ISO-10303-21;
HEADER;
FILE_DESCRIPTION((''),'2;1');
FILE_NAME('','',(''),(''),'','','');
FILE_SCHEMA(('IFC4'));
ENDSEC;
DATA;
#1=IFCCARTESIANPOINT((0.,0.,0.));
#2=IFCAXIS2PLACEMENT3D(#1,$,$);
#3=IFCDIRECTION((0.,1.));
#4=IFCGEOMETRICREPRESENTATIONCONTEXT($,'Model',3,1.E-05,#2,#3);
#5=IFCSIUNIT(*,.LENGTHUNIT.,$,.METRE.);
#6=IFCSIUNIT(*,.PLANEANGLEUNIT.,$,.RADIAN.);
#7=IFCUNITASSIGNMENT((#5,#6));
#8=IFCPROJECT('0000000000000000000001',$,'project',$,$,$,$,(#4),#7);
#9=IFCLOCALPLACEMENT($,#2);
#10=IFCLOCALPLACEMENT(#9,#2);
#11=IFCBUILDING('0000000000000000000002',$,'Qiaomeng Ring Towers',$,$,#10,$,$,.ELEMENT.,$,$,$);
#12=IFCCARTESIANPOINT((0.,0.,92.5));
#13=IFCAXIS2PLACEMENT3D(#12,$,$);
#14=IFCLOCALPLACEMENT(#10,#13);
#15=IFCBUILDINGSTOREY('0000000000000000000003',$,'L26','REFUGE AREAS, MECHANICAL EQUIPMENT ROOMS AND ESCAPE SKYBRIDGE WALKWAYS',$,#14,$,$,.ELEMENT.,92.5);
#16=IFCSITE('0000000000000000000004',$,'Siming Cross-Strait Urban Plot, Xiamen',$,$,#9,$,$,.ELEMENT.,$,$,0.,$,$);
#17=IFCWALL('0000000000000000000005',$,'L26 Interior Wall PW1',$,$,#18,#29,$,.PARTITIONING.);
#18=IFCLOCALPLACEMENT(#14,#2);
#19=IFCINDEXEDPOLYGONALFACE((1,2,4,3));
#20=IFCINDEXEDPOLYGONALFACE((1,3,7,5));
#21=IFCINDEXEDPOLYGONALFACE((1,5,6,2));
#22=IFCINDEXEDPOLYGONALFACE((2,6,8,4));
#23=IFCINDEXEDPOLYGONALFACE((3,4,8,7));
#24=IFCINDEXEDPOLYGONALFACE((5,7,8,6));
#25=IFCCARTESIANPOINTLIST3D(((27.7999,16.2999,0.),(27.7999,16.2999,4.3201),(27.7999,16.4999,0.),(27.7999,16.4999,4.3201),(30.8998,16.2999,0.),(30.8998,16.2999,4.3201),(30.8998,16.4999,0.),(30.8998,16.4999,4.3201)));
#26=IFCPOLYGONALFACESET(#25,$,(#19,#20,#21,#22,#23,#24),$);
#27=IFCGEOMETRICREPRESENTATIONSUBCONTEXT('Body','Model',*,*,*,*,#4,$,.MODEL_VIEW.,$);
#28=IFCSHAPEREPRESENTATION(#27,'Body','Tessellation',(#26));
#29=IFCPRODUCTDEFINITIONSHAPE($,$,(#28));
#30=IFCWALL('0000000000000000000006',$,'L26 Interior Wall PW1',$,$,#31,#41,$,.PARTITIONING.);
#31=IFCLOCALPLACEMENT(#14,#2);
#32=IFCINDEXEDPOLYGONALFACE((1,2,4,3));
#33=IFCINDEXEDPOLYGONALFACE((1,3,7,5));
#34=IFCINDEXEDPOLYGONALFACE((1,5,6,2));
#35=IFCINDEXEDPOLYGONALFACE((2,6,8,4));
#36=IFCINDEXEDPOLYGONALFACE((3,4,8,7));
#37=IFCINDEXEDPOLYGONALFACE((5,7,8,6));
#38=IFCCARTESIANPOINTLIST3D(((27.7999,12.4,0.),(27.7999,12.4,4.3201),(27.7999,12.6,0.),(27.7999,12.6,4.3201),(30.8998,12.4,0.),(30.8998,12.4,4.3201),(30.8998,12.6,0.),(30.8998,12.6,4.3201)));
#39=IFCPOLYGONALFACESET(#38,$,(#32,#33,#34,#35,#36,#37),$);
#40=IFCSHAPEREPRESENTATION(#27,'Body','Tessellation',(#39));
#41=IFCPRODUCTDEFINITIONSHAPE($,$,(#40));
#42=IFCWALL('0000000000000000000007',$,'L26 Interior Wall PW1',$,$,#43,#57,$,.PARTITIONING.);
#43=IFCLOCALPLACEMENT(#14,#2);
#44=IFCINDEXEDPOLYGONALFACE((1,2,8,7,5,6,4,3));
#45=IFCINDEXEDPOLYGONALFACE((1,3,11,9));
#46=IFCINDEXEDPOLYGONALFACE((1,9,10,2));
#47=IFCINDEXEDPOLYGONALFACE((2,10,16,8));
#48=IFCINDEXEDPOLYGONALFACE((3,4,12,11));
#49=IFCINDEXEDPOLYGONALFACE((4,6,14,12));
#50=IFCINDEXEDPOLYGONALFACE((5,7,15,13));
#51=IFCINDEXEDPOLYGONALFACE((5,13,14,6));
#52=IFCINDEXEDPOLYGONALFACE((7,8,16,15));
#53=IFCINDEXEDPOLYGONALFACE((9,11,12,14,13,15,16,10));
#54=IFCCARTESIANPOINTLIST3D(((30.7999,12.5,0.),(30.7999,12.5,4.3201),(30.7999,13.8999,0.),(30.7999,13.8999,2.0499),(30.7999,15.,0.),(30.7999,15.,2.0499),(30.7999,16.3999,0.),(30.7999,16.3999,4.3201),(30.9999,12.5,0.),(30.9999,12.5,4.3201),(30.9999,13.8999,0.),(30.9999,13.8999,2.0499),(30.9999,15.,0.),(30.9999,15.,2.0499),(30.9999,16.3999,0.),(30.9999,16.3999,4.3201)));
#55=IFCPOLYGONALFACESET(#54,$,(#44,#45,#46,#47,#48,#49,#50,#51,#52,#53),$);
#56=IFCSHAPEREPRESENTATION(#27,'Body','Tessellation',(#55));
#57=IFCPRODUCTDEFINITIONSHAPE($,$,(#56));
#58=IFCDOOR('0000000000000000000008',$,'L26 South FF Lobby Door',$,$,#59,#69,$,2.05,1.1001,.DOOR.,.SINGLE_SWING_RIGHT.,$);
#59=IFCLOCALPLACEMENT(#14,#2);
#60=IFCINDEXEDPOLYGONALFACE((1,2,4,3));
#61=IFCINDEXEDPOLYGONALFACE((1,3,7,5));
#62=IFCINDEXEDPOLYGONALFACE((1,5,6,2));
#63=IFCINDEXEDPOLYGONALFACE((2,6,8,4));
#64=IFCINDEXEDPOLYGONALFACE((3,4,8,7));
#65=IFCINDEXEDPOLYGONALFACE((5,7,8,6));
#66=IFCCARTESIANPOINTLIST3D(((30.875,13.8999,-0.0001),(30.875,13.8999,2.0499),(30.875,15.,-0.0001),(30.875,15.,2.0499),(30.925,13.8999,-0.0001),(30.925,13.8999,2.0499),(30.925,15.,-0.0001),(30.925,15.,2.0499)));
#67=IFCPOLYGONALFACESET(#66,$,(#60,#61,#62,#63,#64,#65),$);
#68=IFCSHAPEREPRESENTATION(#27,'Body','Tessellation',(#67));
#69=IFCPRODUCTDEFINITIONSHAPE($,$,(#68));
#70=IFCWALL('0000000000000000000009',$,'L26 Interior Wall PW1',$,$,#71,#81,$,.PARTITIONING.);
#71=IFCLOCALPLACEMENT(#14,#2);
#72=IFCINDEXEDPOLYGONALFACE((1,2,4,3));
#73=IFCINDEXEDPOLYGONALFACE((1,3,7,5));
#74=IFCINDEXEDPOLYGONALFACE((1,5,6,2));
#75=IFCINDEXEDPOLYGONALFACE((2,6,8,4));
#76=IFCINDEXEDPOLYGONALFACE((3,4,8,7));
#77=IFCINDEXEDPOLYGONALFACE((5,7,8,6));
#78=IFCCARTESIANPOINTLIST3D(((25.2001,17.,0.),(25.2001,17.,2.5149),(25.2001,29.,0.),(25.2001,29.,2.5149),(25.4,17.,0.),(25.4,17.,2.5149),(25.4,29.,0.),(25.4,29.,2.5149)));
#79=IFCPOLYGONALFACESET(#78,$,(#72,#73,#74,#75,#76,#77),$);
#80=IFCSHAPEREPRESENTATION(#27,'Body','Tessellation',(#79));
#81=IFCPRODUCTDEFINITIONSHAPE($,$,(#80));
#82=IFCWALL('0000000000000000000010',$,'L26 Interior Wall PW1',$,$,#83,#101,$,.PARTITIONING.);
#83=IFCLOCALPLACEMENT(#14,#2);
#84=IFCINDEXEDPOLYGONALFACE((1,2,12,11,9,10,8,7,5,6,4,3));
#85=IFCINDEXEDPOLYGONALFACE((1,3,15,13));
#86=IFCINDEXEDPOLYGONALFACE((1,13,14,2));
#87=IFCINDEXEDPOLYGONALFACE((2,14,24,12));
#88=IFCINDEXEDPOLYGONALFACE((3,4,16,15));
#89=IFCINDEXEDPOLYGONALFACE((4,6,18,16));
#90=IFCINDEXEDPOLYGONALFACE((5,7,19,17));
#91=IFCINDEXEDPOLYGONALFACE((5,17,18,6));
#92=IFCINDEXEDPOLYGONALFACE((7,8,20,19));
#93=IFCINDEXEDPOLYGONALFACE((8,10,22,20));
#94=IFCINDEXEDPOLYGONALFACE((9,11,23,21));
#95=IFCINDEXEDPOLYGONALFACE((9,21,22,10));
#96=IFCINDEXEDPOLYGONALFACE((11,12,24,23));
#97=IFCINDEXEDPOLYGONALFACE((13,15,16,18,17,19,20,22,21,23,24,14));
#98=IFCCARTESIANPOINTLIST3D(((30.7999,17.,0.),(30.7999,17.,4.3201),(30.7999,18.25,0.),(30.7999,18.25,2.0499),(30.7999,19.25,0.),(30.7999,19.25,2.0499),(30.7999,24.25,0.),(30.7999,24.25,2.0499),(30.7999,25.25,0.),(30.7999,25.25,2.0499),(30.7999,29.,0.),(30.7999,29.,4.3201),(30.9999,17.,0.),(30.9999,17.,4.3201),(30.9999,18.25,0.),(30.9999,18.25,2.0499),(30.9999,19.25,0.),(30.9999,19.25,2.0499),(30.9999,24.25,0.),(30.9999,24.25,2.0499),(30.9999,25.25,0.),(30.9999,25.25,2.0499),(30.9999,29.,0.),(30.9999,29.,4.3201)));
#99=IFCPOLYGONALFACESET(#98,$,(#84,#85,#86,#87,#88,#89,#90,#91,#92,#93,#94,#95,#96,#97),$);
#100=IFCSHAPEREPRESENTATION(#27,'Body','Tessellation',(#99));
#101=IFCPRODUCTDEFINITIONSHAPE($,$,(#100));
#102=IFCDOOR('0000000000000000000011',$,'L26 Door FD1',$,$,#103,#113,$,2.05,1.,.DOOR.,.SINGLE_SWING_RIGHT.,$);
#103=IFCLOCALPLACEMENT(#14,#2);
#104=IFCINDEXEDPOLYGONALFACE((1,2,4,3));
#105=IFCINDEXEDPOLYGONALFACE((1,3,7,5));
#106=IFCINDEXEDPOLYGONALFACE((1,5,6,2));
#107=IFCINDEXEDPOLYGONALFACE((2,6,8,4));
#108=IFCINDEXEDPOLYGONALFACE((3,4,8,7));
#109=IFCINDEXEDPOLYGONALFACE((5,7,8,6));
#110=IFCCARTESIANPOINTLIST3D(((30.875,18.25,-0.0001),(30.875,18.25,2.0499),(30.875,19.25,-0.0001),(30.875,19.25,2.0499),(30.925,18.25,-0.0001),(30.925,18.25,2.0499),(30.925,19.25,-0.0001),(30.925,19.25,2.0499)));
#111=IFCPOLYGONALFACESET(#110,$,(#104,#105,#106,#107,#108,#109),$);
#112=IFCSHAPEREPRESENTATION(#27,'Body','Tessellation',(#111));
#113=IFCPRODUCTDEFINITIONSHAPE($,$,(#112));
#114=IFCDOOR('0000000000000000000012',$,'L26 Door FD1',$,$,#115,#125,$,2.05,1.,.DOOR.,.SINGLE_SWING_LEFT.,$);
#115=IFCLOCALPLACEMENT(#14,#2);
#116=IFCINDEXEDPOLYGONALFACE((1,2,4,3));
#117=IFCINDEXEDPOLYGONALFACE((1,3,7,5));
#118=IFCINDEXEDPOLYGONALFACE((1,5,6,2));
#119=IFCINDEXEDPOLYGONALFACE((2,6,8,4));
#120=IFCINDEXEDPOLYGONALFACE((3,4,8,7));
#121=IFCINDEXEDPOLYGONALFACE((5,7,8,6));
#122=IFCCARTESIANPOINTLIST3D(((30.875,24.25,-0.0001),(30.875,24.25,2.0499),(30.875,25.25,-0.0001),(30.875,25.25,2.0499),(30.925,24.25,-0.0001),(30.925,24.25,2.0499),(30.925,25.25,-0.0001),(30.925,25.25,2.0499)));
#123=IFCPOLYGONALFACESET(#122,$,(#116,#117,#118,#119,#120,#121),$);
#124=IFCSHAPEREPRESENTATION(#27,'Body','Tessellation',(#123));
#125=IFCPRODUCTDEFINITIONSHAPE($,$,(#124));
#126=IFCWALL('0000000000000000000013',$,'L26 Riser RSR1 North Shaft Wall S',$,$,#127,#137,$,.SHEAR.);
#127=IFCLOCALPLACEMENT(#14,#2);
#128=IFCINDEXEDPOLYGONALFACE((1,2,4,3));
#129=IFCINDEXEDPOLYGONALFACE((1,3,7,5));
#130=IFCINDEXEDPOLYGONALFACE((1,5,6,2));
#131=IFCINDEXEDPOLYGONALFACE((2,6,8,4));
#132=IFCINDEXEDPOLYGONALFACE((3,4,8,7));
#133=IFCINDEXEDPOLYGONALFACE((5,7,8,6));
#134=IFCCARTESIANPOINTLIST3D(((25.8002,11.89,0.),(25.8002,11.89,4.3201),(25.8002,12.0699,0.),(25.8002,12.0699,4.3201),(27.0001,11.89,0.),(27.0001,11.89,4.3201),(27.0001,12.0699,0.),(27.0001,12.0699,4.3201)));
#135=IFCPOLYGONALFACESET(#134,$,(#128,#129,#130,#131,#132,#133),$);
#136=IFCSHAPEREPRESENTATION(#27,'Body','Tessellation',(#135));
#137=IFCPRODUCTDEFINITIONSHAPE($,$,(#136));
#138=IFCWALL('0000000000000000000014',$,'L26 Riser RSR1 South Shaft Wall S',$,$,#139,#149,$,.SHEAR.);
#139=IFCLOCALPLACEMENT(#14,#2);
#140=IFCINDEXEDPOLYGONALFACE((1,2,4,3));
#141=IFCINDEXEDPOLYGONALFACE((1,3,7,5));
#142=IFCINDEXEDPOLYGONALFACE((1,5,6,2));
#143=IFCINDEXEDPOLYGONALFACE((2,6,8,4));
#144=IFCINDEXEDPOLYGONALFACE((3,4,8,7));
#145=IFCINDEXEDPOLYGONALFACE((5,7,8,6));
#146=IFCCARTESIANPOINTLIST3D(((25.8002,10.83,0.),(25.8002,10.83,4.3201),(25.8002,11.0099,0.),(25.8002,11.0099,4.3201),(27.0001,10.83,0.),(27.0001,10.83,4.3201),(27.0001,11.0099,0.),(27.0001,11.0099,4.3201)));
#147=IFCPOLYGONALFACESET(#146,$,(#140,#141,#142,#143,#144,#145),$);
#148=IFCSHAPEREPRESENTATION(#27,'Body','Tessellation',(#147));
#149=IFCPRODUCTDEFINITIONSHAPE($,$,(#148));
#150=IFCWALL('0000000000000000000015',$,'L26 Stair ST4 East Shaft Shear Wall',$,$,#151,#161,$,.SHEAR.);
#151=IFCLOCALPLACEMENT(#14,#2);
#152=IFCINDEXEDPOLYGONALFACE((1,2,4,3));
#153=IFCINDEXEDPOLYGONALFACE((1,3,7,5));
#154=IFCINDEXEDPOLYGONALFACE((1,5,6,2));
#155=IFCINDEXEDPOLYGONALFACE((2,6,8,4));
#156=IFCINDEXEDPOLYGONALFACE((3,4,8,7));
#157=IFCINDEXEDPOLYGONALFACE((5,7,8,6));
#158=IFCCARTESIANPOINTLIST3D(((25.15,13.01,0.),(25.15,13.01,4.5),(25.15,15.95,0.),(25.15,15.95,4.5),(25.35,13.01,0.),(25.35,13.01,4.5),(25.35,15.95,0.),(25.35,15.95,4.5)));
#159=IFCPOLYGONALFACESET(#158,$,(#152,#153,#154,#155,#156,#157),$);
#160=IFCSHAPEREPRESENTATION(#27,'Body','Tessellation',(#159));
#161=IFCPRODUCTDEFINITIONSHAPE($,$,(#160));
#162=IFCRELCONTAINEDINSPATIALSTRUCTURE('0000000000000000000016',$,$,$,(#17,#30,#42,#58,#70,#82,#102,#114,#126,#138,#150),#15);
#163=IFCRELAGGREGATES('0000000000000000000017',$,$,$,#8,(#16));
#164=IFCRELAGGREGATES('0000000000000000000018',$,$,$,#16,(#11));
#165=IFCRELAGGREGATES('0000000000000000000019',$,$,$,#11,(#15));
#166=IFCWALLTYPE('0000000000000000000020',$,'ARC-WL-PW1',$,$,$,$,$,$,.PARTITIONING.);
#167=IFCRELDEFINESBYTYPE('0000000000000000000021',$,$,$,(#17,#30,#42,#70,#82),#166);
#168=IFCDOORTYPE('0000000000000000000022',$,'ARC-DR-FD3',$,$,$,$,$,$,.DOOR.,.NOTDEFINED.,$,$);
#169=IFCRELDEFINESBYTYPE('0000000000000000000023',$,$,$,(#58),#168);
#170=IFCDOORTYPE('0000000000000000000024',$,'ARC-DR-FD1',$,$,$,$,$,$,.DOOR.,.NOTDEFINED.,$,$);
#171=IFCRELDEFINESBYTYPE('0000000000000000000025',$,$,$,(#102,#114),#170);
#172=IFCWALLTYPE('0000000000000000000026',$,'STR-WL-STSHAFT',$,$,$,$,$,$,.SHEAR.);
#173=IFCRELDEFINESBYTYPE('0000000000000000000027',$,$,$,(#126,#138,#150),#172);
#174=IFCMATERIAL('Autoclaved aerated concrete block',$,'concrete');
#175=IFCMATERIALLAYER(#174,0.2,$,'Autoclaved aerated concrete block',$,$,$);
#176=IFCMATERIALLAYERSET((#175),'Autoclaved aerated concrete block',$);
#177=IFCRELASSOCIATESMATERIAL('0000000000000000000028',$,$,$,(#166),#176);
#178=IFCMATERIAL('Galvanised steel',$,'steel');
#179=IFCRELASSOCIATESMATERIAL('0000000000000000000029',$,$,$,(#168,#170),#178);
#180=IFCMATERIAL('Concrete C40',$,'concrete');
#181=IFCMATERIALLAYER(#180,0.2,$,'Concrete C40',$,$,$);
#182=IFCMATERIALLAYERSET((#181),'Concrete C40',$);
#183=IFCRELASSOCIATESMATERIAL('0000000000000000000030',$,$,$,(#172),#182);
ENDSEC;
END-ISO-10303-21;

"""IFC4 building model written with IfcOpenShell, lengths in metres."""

from ifc_helpers import new_model, si_unit, direction, frame, frame_2d, origin, place, context, subcontext, project, spatial, rectangle, extrude, source, transform, mapped, material, layer, layer_set, type_object, element, fill, save


model = new_model("IFC4")

# Units and contexts
model_context = context("Model", 3, precision=1e-05, world=origin(), true_north=direction((0.0, 1.0)))
body_context = subcontext(model_context, "Body", "Model", "MODEL_VIEW")
ifc_project = project(units=[si_unit("LENGTHUNIT", "METRE"), si_unit("PLANEANGLEUNIT", "RADIAN")], contexts=[model_context])

# Site, building, storey
site_placement = place(None, origin())
site = spatial("IfcSite", under=ifc_project, at=site_placement, Name="Siming Cross-Strait Urban Plot, Xiamen", CompositionType="ELEMENT", RefElevation=0.0)
building_placement = place(site_placement, origin())
building = spatial("IfcBuilding", under=site, at=building_placement, Name="Qiaomeng Ring Towers", CompositionType="ELEMENT")
storey_placement = place(building_placement, frame((0.0, 0.0, 92.5)))
storey = spatial("IfcBuildingStorey", under=building, at=storey_placement, Name="L26", Description="REFUGE AREAS, MECHANICAL EQUIPMENT ROOMS AND ESCAPE SKYBRIDGE WALKWAYS", CompositionType="ELEMENT", Elevation=92.5)

# Walls
ifc_material_1 = material(Name="Autoclaved aerated concrete block", Category="concrete")
ifc_layer_1 = layer(ifc_material_1, 0.2, Name="Autoclaved aerated concrete block")
ifc_layer_set_1 = layer_set([ifc_layer_1], Name="Autoclaved aerated concrete block")
wall_type_1 = type_object("IfcWallType", Name="ARC-WL-PW1", PredefinedType="PARTITIONING", material=ifc_layer_set_1)
for number, where, z_axis, x_axis, name in (
    (1, (27.8, 16.3999, 0.0), (0.0, 0.0, 1.0), (1.0, 0.0, 0.0), "L26 Interior Wall PW1"),
    (2, (27.8, 12.5, 0.0), (0.0, 0.0, 1.0), (1.0, 0.0, 0.0), "L26 Interior Wall PW1"),
):
    element("IfcWall", number, at=place(storey_placement, frame(where, z_axis=z_axis, x_axis=x_axis)), inside=storey, type_object=wall_type_1, Name=name, PredefinedType="PARTITIONING", context=body_context, shape_type="SweptSolid", body=[
        extrude(rectangle(XDim=3.0999, YDim=0.2, at=frame_2d((1.5498, 0.0))), origin(), (0.0, 0.0, 1.0), 4.3201),
    ])

# Wall, opening, door
wall_1_placement = place(storey_placement, frame((30.8999, 12.5, 0.0), z_axis=(0.0, 0.0, 1.0), x_axis=(0.0, 1.0, 0.0)))
wall_1 = element("IfcWall", 3, at=wall_1_placement, inside=storey, type_object=wall_type_1, Name="L26 Interior Wall PW1", PredefinedType="PARTITIONING", context=body_context, shape_type="SweptSolid", body=[
    extrude(rectangle(XDim=3.8999, YDim=0.2, at=frame_2d((1.95, 0.0))), origin(), (0.0, 0.0, 1.0), 4.3201),
])
opening_1_placement = place(wall_1_placement, frame((1.3999, 0.0, 0.0)))
opening_1 = element("IfcOpeningElement", 4, at=opening_1_placement, cuts=wall_1, PredefinedType="OPENING", context=body_context, shape_type="SweptSolid", body=[
    extrude(rectangle(XDim=1.1001, YDim=2.05, at=frame_2d((0.55, 1.0249))), frame((0.0, 0.1099, 0.0), z_axis=(0.0, -1.0, 0.0), x_axis=(1.0, 0.0, 0.0)), (0.0, 0.0, 1.0), 0.22),
])
ifc_material_2 = material(Name="Galvanised steel", Category="steel")
door_type_1 = type_object("IfcDoorType", Name="ARC-DR-FD3", OperationType="NOTDEFINED", PredefinedType="DOOR", material=ifc_material_2)
shared_shape_1 = source(origin(), body_context, "Body", "SweptSolid", [
    extrude(rectangle(XDim=1.1001, YDim=2.05, at=frame_2d((0.55, 1.0249))), frame((0.0, 0.0249, 0.0), z_axis=(0.0, -1.0, 0.0), x_axis=(1.0, 0.0, 0.0)), (0.0, 0.0, 1.0), 0.05),
])
door_1_placement = place(opening_1_placement, origin())
door_1 = element("IfcDoor", 5, at=door_1_placement, inside=storey, type_object=door_type_1, Name="L26 South FF Lobby Door", OperationType="SINGLE_SWING_RIGHT", OverallHeight=2.05, OverallWidth=1.1001, PredefinedType="DOOR", context=body_context, shape_type="MappedRepresentation", body=[
    mapped(shared_shape_1, transform((0.0, 0.0, 0.0), x_axis=(1.0, 0.0, 0.0), y_axis=(0.0, 1.0, 0.0), z_axis=(0.0, 0.0, 1.0), scale=1.0)),
])
fill(opening_1, door_1)

# Wall
wall_2_placement = place(storey_placement, frame((25.3, 17.0, 0.0), z_axis=(0.0, 0.0, 1.0), x_axis=(0.0, 1.0, 0.0)))
element("IfcWall", 6, at=wall_2_placement, inside=storey, type_object=wall_type_1, Name="L26 Interior Wall PW1", PredefinedType="PARTITIONING", context=body_context, shape_type="SweptSolid", body=[
    extrude(rectangle(XDim=12.0, YDim=0.2, at=frame_2d((6.0, 0.0))), origin(), (0.0, 0.0, 1.0), 2.5149),
])

# Wall, openings, doors
wall_3_placement = place(storey_placement, frame((30.8999, 17.0, 0.0), z_axis=(0.0, 0.0, 1.0), x_axis=(0.0, 1.0, 0.0)))
wall_3 = element("IfcWall", 7, at=wall_3_placement, inside=storey, type_object=wall_type_1, Name="L26 Interior Wall PW1", PredefinedType="PARTITIONING", context=body_context, shape_type="SweptSolid", body=[
    extrude(rectangle(XDim=12.0, YDim=0.2, at=frame_2d((6.0, 0.0))), origin(), (0.0, 0.0, 1.0), 4.3201),
])
opening_2_placement = place(wall_3_placement, frame((1.25, 0.0, 0.0)))
opening_2 = element("IfcOpeningElement", 8, at=opening_2_placement, cuts=wall_3, PredefinedType="OPENING", context=body_context, shape_type="SweptSolid", body=[
    extrude(rectangle(XDim=1.0, YDim=2.05, at=frame_2d((0.5, 1.0249))), frame((0.0, 0.1099, 0.0), z_axis=(0.0, -1.0, 0.0), x_axis=(1.0, 0.0, 0.0)), (0.0, 0.0, 1.0), 0.22),
])
opening_3_placement = place(wall_3_placement, frame((7.25, 0.0, 0.0)))
opening_3 = element("IfcOpeningElement", 9, at=opening_3_placement, cuts=wall_3, PredefinedType="OPENING", context=body_context, shape_type="SweptSolid", body=[
    extrude(rectangle(XDim=1.0, YDim=2.05, at=frame_2d((0.5, 1.0249))), frame((0.0, 0.1099, 0.0), z_axis=(0.0, -1.0, 0.0), x_axis=(1.0, 0.0, 0.0)), (0.0, 0.0, 1.0), 0.22),
])
door_type_2 = type_object("IfcDoorType", Name="ARC-DR-FD1", OperationType="NOTDEFINED", PredefinedType="DOOR", material=ifc_material_2)
shared_shape_2 = source(origin(), body_context, "Body", "SweptSolid", [
    extrude(rectangle(XDim=1.0, YDim=2.05, at=frame_2d((0.5, 1.0249))), frame((0.0, 0.0249, 0.0), z_axis=(0.0, -1.0, 0.0), x_axis=(1.0, 0.0, 0.0)), (0.0, 0.0, 1.0), 0.05),
])
door_2_placement = place(opening_2_placement, origin())
door_2 = element("IfcDoor", 10, at=door_2_placement, inside=storey, type_object=door_type_2, Name="L26 Door FD1", OperationType="SINGLE_SWING_RIGHT", OverallHeight=2.05, OverallWidth=1.0, PredefinedType="DOOR", context=body_context, shape_type="MappedRepresentation", body=[
    mapped(shared_shape_2, transform((0.0, 0.0, 0.0), x_axis=(1.0, 0.0, 0.0), y_axis=(0.0, 1.0, 0.0), z_axis=(0.0, 0.0, 1.0), scale=1.0)),
])
fill(opening_2, door_2)
door_3_placement = place(opening_3_placement, origin())
door_3 = element("IfcDoor", 11, at=door_3_placement, inside=storey, type_object=door_type_2, Name="L26 Door FD1", OperationType="SINGLE_SWING_LEFT", OverallHeight=2.05, OverallWidth=1.0, PredefinedType="DOOR", context=body_context, shape_type="MappedRepresentation", body=[
    mapped(shared_shape_2, transform((0.0, 0.0, 0.0), x_axis=(1.0, 0.0, 0.0), y_axis=(0.0, 1.0, 0.0), z_axis=(0.0, 0.0, 1.0), scale=1.0)),
])
fill(opening_3, door_3)

# Walls
ifc_material_3 = material(Name="Concrete C40", Category="concrete")
ifc_layer_2 = layer(ifc_material_3, 0.2, Name="Concrete C40")
ifc_layer_set_2 = layer_set([ifc_layer_2], Name="Concrete C40")
wall_type_2 = type_object("IfcWallType", Name="STR-WL-STSHAFT", PredefinedType="SHEAR", material=ifc_layer_set_2)
for number, where, z_axis, x_axis, name in (
    (12, (25.8, 11.98, 0.0), (0.0, 0.0, 1.0), (1.0, 0.0, 0.0), "L26 Riser RSR1 North Shaft Wall S"),
    (13, (25.8, 10.9199, 0.0), (0.0, 0.0, 1.0), (1.0, 0.0, 0.0), "L26 Riser RSR1 South Shaft Wall S"),
):
    element("IfcWall", number, at=place(storey_placement, frame(where, z_axis=z_axis, x_axis=x_axis)), inside=storey, type_object=wall_type_2, Name=name, PredefinedType="SHEAR", context=body_context, shape_type="SweptSolid", body=[
        extrude(rectangle(XDim=1.2, YDim=0.1799, at=frame_2d((0.6001, 0.0))), origin(), (0.0, 0.0, 1.0), 4.3201),
    ])
wall_4_placement = place(storey_placement, frame((25.25, 13.01, 0.0), z_axis=(0.0, 0.0, 1.0), x_axis=(0.0, 1.0, 0.0)))
element("IfcWall", 14, at=wall_4_placement, inside=storey, type_object=wall_type_2, Name="L26 Stair ST4 East Shaft Shear Wall", PredefinedType="SHEAR", context=body_context, shape_type="SweptSolid", body=[
    extrude(rectangle(XDim=2.9399, YDim=0.2, at=frame_2d((1.47, 0.0))), origin(), (0.0, 0.0, 1.0), 4.5),
])

save(model, "model.ifc")
